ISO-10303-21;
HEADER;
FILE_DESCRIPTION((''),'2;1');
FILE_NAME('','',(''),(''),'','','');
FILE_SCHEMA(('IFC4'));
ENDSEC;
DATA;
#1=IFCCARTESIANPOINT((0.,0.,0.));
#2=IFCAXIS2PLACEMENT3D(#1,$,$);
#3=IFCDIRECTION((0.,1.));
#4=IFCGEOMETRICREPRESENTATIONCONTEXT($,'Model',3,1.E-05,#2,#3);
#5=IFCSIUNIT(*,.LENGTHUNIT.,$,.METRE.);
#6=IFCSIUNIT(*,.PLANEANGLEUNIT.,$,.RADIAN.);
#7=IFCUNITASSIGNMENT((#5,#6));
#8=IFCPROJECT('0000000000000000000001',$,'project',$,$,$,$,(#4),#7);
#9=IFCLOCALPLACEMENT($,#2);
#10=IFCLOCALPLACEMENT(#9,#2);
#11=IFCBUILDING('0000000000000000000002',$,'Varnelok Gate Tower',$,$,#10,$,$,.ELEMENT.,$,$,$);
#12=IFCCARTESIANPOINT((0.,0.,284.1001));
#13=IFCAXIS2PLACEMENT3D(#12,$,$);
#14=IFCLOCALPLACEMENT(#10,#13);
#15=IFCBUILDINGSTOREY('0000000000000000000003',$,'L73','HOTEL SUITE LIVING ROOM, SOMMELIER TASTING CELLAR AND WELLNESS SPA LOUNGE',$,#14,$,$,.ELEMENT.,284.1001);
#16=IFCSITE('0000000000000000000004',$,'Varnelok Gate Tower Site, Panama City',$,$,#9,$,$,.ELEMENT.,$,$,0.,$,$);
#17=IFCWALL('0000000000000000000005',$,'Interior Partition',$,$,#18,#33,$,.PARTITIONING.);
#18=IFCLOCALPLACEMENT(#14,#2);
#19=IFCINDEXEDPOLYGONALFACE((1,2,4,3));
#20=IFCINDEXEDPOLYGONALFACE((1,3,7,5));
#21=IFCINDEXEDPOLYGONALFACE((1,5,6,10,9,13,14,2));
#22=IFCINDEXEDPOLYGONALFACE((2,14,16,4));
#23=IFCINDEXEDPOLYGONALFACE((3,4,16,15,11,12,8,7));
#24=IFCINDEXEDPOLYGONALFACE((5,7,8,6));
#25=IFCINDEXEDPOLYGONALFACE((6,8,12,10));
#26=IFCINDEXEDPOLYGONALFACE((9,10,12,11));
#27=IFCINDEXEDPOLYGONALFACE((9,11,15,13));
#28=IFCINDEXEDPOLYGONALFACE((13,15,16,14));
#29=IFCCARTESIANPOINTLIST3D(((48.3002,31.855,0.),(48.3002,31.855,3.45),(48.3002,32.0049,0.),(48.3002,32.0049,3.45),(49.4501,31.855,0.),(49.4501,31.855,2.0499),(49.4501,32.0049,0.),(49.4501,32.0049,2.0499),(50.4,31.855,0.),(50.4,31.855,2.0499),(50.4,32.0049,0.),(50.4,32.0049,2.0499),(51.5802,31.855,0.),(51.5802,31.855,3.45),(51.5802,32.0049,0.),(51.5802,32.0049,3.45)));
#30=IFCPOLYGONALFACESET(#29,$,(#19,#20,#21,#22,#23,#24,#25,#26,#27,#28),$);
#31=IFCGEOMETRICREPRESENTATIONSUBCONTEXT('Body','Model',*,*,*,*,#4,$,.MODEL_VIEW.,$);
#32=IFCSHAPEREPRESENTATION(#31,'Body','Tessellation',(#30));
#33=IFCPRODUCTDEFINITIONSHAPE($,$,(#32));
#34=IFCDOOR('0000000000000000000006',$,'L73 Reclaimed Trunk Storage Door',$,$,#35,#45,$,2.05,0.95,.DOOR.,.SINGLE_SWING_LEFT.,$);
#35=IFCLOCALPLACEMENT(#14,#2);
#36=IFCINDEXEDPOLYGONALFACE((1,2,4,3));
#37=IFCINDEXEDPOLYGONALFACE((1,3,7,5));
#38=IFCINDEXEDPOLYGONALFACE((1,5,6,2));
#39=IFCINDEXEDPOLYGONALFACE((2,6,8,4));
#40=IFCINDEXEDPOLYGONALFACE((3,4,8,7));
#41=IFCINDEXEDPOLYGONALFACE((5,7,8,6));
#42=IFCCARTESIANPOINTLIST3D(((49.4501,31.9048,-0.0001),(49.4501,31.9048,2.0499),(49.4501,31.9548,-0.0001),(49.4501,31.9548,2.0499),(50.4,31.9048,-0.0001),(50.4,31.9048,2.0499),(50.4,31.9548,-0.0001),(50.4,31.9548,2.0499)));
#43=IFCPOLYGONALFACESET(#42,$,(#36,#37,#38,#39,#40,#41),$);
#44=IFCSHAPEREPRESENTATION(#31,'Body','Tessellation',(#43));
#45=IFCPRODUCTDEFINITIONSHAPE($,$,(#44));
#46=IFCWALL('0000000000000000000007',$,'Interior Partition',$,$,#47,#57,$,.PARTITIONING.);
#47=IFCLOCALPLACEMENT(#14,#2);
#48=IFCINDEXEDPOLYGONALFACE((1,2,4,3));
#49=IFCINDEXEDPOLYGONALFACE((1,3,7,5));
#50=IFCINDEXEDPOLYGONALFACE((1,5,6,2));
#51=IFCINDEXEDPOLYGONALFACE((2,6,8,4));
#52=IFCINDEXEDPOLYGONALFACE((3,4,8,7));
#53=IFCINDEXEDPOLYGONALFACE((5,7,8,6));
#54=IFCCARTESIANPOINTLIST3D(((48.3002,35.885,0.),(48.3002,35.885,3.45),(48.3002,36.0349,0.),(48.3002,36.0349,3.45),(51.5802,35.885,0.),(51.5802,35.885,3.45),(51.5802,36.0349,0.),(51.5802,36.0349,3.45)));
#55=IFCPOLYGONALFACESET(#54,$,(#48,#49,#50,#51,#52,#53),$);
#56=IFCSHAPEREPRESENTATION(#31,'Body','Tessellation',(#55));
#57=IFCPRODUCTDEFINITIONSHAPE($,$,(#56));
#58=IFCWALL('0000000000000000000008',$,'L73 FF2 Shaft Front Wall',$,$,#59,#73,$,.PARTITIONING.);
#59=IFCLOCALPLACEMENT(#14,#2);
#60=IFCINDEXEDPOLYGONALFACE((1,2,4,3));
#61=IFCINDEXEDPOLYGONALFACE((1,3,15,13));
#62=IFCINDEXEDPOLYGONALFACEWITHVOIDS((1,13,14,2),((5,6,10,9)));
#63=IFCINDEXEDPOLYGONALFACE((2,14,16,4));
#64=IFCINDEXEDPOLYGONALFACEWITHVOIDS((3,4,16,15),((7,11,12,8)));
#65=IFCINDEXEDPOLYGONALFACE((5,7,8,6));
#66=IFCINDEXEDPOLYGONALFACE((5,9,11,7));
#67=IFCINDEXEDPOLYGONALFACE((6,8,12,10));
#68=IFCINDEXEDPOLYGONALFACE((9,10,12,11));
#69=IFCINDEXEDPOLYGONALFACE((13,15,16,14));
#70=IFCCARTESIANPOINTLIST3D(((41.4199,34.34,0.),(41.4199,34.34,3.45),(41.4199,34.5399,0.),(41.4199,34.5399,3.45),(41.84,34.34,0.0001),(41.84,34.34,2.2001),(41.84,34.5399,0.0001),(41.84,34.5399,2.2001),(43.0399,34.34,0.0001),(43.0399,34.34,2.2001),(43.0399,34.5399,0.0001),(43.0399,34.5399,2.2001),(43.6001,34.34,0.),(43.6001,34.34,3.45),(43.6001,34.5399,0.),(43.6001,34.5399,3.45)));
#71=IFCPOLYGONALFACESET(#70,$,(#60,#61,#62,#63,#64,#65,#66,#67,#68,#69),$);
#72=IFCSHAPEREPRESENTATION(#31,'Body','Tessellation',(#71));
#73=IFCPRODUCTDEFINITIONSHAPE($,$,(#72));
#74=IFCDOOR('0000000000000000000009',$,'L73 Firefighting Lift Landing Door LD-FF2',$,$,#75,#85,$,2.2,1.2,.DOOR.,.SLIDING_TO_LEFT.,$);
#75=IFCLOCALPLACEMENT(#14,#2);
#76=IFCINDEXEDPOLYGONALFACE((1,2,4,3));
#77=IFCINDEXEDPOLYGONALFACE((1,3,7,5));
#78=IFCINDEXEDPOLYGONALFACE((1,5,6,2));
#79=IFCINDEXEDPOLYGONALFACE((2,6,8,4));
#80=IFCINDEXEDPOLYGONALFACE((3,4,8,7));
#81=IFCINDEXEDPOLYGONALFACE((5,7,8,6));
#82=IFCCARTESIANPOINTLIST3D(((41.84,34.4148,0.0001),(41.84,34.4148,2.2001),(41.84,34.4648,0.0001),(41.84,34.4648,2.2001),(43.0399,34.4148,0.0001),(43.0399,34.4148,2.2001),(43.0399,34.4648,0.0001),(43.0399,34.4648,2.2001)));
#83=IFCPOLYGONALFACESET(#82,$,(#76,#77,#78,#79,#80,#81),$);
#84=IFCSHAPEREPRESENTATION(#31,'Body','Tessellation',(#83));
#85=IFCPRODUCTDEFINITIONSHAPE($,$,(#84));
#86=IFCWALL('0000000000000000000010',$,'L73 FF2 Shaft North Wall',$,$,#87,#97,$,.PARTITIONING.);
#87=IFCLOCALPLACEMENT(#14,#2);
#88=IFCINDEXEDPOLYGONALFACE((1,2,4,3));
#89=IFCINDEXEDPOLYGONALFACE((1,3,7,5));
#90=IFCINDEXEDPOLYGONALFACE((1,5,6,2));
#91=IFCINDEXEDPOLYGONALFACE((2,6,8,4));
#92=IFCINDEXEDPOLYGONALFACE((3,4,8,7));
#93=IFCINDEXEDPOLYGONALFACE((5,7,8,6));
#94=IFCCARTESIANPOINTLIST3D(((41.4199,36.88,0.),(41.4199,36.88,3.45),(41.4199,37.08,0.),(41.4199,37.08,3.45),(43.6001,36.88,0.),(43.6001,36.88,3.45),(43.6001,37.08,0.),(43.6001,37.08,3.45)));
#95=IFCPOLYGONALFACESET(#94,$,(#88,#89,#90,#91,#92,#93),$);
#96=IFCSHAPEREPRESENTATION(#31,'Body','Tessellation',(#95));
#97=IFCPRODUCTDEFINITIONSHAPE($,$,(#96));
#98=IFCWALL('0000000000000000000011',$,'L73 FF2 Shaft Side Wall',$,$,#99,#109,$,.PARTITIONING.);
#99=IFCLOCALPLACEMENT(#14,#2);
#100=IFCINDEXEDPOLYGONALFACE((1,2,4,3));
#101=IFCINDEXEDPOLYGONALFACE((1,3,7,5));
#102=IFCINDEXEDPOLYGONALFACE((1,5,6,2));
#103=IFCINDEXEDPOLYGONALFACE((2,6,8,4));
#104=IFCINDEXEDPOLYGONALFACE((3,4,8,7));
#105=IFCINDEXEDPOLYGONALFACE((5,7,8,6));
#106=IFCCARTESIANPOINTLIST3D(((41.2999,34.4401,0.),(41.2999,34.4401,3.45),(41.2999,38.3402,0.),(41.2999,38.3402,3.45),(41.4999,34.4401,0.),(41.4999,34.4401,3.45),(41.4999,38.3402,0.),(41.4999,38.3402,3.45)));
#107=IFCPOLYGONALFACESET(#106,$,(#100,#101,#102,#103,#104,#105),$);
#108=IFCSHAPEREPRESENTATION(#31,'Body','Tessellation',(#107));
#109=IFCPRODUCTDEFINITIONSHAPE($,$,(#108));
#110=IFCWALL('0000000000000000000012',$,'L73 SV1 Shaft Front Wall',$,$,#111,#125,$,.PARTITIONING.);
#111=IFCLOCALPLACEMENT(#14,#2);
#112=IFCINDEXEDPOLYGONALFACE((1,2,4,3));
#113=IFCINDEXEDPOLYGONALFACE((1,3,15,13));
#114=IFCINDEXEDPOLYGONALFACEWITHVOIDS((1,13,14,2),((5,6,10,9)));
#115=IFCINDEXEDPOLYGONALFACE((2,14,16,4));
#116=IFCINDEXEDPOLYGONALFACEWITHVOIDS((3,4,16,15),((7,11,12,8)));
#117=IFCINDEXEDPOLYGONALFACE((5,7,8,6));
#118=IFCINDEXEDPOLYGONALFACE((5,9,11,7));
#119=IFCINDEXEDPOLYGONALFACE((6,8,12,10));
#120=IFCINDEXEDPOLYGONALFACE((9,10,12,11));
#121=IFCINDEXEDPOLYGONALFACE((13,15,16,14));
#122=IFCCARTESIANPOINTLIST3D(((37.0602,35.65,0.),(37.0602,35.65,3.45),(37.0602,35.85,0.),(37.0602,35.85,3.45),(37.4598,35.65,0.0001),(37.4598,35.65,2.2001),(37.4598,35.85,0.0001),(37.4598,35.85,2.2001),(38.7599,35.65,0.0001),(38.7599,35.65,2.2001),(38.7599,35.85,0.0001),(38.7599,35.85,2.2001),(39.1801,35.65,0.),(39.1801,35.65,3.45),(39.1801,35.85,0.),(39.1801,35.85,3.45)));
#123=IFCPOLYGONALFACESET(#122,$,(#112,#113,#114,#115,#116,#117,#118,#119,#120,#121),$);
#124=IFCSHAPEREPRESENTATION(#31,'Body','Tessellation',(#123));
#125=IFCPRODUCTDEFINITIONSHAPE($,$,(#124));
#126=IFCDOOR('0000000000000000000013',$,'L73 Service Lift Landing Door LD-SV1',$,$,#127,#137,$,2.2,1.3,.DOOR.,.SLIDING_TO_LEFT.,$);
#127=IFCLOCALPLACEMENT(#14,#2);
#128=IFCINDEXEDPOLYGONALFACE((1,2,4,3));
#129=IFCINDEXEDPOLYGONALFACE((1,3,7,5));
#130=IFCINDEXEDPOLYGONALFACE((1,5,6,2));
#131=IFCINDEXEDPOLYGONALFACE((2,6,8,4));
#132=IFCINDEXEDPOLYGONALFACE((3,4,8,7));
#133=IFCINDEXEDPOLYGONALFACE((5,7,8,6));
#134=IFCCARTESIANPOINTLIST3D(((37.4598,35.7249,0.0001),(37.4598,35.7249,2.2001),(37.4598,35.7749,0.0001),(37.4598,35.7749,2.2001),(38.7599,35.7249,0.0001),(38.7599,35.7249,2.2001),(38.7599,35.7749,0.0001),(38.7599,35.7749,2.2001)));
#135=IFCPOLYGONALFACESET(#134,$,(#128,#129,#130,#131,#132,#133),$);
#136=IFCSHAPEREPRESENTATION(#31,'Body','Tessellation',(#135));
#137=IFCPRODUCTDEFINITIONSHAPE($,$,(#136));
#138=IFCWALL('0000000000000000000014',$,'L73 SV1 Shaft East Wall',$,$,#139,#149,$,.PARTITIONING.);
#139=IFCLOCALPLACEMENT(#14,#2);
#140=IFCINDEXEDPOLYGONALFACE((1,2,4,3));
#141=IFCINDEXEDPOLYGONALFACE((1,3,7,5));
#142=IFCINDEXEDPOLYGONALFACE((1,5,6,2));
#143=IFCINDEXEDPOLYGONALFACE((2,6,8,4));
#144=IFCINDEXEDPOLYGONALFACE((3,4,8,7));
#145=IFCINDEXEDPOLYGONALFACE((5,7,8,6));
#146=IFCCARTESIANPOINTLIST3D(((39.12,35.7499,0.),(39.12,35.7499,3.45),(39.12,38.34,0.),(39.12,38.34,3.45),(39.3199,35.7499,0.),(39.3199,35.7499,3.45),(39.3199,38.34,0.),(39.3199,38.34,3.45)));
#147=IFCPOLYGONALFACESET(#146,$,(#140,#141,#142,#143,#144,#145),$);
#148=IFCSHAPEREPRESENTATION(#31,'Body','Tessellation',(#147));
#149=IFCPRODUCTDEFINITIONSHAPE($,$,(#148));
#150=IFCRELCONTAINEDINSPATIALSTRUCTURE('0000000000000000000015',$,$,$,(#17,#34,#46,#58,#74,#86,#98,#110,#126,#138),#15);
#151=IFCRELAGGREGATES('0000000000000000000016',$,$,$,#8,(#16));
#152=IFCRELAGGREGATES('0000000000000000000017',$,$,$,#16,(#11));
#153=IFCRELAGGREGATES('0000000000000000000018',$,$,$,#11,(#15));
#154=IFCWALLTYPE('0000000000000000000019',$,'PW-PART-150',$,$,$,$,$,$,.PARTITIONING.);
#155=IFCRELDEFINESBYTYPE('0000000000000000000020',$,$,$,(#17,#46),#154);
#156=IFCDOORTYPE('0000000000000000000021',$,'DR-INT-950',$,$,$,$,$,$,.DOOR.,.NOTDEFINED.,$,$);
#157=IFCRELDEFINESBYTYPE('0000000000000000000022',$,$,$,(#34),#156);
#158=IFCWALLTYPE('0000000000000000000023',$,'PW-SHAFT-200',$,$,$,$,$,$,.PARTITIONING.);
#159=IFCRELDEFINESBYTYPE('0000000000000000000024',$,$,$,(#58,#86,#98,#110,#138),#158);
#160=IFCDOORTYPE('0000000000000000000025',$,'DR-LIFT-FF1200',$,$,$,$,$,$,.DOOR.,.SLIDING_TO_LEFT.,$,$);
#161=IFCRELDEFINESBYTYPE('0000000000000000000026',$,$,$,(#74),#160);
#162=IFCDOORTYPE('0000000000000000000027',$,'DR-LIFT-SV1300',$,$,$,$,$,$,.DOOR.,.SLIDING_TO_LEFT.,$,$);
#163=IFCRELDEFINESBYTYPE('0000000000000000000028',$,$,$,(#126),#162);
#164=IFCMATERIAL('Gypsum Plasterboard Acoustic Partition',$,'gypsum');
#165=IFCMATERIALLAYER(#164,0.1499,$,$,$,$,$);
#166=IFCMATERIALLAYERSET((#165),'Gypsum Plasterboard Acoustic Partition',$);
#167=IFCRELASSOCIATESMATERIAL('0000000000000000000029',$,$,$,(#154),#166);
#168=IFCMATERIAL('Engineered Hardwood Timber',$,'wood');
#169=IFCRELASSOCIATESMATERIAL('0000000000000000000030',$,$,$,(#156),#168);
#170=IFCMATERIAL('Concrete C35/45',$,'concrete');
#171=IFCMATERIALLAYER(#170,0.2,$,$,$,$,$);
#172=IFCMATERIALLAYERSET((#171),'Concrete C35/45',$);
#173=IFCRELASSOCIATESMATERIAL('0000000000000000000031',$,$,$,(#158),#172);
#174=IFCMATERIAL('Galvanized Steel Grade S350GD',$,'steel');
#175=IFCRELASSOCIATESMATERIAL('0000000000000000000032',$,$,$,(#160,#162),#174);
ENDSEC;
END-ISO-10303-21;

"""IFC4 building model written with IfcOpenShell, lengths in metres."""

from ifc_helpers import new_model, si_unit, direction, frame, frame_2d, origin, place, context, subcontext, project, spatial, rectangle, extrude, material, layer, layer_set, type_object, element, fill, save


model = new_model("IFC4")

# Units and contexts
model_context = context("Model", 3, precision=1e-05, world=origin(), true_north=direction((0.0, 1.0)))
body_context = subcontext(model_context, "Body", "Model", "MODEL_VIEW")
ifc_project = project(units=[si_unit("LENGTHUNIT", "METRE"), si_unit("PLANEANGLEUNIT", "RADIAN")], contexts=[model_context])

# Site, building, storey
site_placement = place(None, origin())
site = spatial("IfcSite", under=ifc_project, at=site_placement, Name="Varnelok Gate Tower Site, Panama City", CompositionType="ELEMENT", RefElevation=0.0)
building_placement = place(site_placement, origin())
building = spatial("IfcBuilding", under=site, at=building_placement, Name="Varnelok Gate Tower", CompositionType="ELEMENT")
storey_placement = place(building_placement, frame((0.0, 0.0, 284.1001)))
storey = spatial("IfcBuildingStorey", under=building, at=storey_placement, Name="L73", Description="HOTEL SUITE LIVING ROOM, SOMMELIER TASTING CELLAR AND WELLNESS SPA LOUNGE", CompositionType="ELEMENT", Elevation=284.1001)

# Shared definitions
ifc_material_1 = material(Name="Gypsum Plasterboard Acoustic Partition", Category="gypsum")

# Wall, opening, door
ifc_layer_1 = layer(ifc_material_1, 0.1499)
ifc_layer_set_1 = layer_set([ifc_layer_1], Name="Gypsum Plasterboard Acoustic Partition")
wall_type_1 = type_object("IfcWallType", Name="PW-PART-150", PredefinedType="PARTITIONING", material=ifc_layer_set_1)
ifc_material_2 = material(Name="Galvanized Steel Grade S350GD", Category="steel")
wall_1_placement = place(storey_placement, frame((48.3, 31.9299, 0.0), z_axis=(0.0, 0.0, 1.0), x_axis=(1.0, 0.0, 0.0)))
wall_1 = element("IfcWall", 1, at=wall_1_placement, inside=storey, type_object=wall_type_1, Name="Interior Partition", PredefinedType="PARTITIONING", context=body_context, shape_type="SweptSolid", body=[
    extrude(rectangle(XDim=3.28, YDim=0.1499, at=frame_2d((1.6401, 0.0))), origin(), (0.0, 0.0, 1.0), 3.45),
])
opening_1_placement = place(wall_1_placement, frame((1.1499, 0.0, 0.0)))
opening_1 = element("IfcOpeningElement", 2, at=opening_1_placement, cuts=wall_1, PredefinedType="OPENING", context=body_context, shape_type="SweptSolid", body=[
    extrude(rectangle(XDim=0.95, YDim=2.05, at=frame_2d((0.4751, 1.0249))), frame((0.0, 0.085, 0.0), z_axis=(0.0, -1.0, 0.0), x_axis=(1.0, 0.0, 0.0)), (0.0, 0.0, 1.0), 0.1699),
])
ifc_material_3 = material(Name="Engineered Hardwood Timber", Category="wood")
door_type_1 = type_object("IfcDoorType", Name="DR-INT-950", OperationType="NOTDEFINED", PredefinedType="DOOR", material=ifc_material_3)
door_1_placement = place(opening_1_placement, origin())
door_1 = element("IfcDoor", 3, at=door_1_placement, inside=storey, type_object=door_type_1, Name="L73 Reclaimed Trunk Storage Door", OperationType="SINGLE_SWING_LEFT", OverallHeight=2.05, OverallWidth=0.95, PredefinedType="DOOR", context=body_context, shape_type="SweptSolid", body=[
    extrude(rectangle(XDim=0.95, YDim=2.05, at=frame_2d((0.4751, 1.0249))), frame((0.0, 0.0249, 0.0), z_axis=(0.0, -1.0, 0.0), x_axis=(1.0, 0.0, 0.0)), (0.0, 0.0, 1.0), 0.05),
])
fill(opening_1, door_1)

# Wall
wall_2_placement = place(storey_placement, frame((48.3, 35.96, 0.0), z_axis=(0.0, 0.0, 1.0), x_axis=(1.0, 0.0, 0.0)))
element("IfcWall", 4, at=wall_2_placement, inside=storey, type_object=wall_type_1, Name="Interior Partition", PredefinedType="PARTITIONING", context=body_context, shape_type="SweptSolid", body=[
    extrude(rectangle(XDim=3.28, YDim=0.1499, at=frame_2d((1.6401, 0.0))), origin(), (0.0, 0.0, 1.0), 3.45),
])

# Wall, opening, door
ifc_material_4 = material(Name="Concrete C35/45", Category="concrete")
ifc_layer_2 = layer(ifc_material_4, 0.2)
ifc_layer_set_2 = layer_set([ifc_layer_2], Name="Concrete C35/45")
wall_type_2 = type_object("IfcWallType", Name="PW-SHAFT-200", PredefinedType="PARTITIONING", material=ifc_layer_set_2)
wall_3_placement = place(storey_placement, frame((41.4199, 34.4399, 0.0), z_axis=(0.0, 0.0, 1.0), x_axis=(1.0, 0.0, 0.0)))
wall_3 = element("IfcWall", 5, at=wall_3_placement, inside=storey, type_object=wall_type_2, Name="L73 FF2 Shaft Front Wall", PredefinedType="PARTITIONING", context=body_context, shape_type="SweptSolid", body=[
    extrude(rectangle(XDim=2.1802, YDim=0.2, at=frame_2d((1.0901, 0.0))), origin(), (0.0, 0.0, 1.0), 3.45),
])
opening_2_placement = place(wall_3_placement, frame((0.4199, 0.0, 0.0)))
opening_2 = element("IfcOpeningElement", 6, at=opening_2_placement, cuts=wall_3, PredefinedType="OPENING", context=body_context, shape_type="SweptSolid", body=[
    extrude(rectangle(XDim=1.2, YDim=2.2, at=frame_2d((0.6001, 1.1001))), frame((0.0, 0.1099, 0.0), z_axis=(0.0, -1.0, 0.0), x_axis=(1.0, 0.0, 0.0)), (0.0, 0.0, 1.0), 0.22),
])
door_type_2 = type_object("IfcDoorType", Name="DR-LIFT-FF1200", OperationType="SLIDING_TO_LEFT", PredefinedType="DOOR", material=ifc_material_2)
door_2_placement = place(opening_2_placement, origin())
door_2 = element("IfcDoor", 7, at=door_2_placement, inside=storey, type_object=door_type_2, Name="L73 Firefighting Lift Landing Door LD-FF2", OperationType="SLIDING_TO_LEFT", OverallHeight=2.2, OverallWidth=1.2, PredefinedType="DOOR", context=body_context, shape_type="SweptSolid", body=[
    extrude(rectangle(XDim=1.2, YDim=2.2, at=frame_2d((0.6001, 1.1001))), frame((0.0, 0.0249, 0.0), z_axis=(0.0, -1.0, 0.0), x_axis=(1.0, 0.0, 0.0)), (0.0, 0.0, 1.0), 0.05),
])
fill(opening_2, door_2)

# Walls
wall_4_placement = place(storey_placement, frame((41.4199, 36.98, 0.0), z_axis=(0.0, 0.0, 1.0), x_axis=(1.0, 0.0, 0.0)))
element("IfcWall", 8, at=wall_4_placement, inside=storey, type_object=wall_type_2, Name="L73 FF2 Shaft North Wall", PredefinedType="PARTITIONING", context=body_context, shape_type="SweptSolid", body=[
    extrude(rectangle(XDim=2.1802, YDim=0.2, at=frame_2d((1.0901, 0.0))), origin(), (0.0, 0.0, 1.0), 3.45),
])
wall_5_placement = place(storey_placement, frame((41.3999, 34.4399, 0.0), z_axis=(0.0, 0.0, 1.0), x_axis=(0.0, 1.0, 0.0)))
element("IfcWall", 9, at=wall_5_placement, inside=storey, type_object=wall_type_2, Name="L73 FF2 Shaft Side Wall", PredefinedType="PARTITIONING", context=body_context, shape_type="SweptSolid", body=[
    extrude(rectangle(XDim=3.9001, YDim=0.2, at=frame_2d((1.9502, 0.0))), origin(), (0.0, 0.0, 1.0), 3.45),
])

# Wall, opening, door
wall_6_placement = place(storey_placement, frame((37.0601, 35.75, 0.0), z_axis=(0.0, 0.0, 1.0), x_axis=(1.0, 0.0, 0.0)))
wall_6 = element("IfcWall", 10, at=wall_6_placement, inside=storey, type_object=wall_type_2, Name="L73 SV1 Shaft Front Wall", PredefinedType="PARTITIONING", context=body_context, shape_type="SweptSolid", body=[
    extrude(rectangle(XDim=2.1199, YDim=0.2, at=frame_2d((1.0601, 0.0))), origin(), (0.0, 0.0, 1.0), 3.45),
])
opening_3_placement = place(wall_6_placement, frame((0.3999, 0.0, 0.0)))
opening_3 = element("IfcOpeningElement", 11, at=opening_3_placement, cuts=wall_6, PredefinedType="OPENING", context=body_context, shape_type="SweptSolid", body=[
    extrude(rectangle(XDim=1.3, YDim=2.2, at=frame_2d((0.6499, 1.1001))), frame((0.0, 0.1099, 0.0), z_axis=(0.0, -1.0, 0.0), x_axis=(1.0, 0.0, 0.0)), (0.0, 0.0, 1.0), 0.22),
])
door_type_3 = type_object("IfcDoorType", Name="DR-LIFT-SV1300", OperationType="SLIDING_TO_LEFT", PredefinedType="DOOR", material=ifc_material_2)
door_3_placement = place(opening_3_placement, origin())
door_3 = element("IfcDoor", 12, at=door_3_placement, inside=storey, type_object=door_type_3, Name="L73 Service Lift Landing Door LD-SV1", OperationType="SLIDING_TO_LEFT", OverallHeight=2.2, OverallWidth=1.3, PredefinedType="DOOR", context=body_context, shape_type="SweptSolid", body=[
    extrude(rectangle(XDim=1.3, YDim=2.2, at=frame_2d((0.6499, 1.1001))), frame((0.0, 0.0249, 0.0), z_axis=(0.0, -1.0, 0.0), x_axis=(1.0, 0.0, 0.0)), (0.0, 0.0, 1.0), 0.05),
])
fill(opening_3, door_3)

# Wall
wall_7_placement = place(storey_placement, frame((39.22, 35.75, 0.0), z_axis=(0.0, 0.0, 1.0), x_axis=(0.0, 1.0, 0.0)))
element("IfcWall", 13, at=wall_7_placement, inside=storey, type_object=wall_type_2, Name="L73 SV1 Shaft East Wall", PredefinedType="PARTITIONING", context=body_context, shape_type="SweptSolid", body=[
    extrude(rectangle(XDim=2.5901, YDim=0.2, at=frame_2d((1.2949, 0.0))), origin(), (0.0, 0.0, 1.0), 3.45),
])

save(model, "model.ifc")
